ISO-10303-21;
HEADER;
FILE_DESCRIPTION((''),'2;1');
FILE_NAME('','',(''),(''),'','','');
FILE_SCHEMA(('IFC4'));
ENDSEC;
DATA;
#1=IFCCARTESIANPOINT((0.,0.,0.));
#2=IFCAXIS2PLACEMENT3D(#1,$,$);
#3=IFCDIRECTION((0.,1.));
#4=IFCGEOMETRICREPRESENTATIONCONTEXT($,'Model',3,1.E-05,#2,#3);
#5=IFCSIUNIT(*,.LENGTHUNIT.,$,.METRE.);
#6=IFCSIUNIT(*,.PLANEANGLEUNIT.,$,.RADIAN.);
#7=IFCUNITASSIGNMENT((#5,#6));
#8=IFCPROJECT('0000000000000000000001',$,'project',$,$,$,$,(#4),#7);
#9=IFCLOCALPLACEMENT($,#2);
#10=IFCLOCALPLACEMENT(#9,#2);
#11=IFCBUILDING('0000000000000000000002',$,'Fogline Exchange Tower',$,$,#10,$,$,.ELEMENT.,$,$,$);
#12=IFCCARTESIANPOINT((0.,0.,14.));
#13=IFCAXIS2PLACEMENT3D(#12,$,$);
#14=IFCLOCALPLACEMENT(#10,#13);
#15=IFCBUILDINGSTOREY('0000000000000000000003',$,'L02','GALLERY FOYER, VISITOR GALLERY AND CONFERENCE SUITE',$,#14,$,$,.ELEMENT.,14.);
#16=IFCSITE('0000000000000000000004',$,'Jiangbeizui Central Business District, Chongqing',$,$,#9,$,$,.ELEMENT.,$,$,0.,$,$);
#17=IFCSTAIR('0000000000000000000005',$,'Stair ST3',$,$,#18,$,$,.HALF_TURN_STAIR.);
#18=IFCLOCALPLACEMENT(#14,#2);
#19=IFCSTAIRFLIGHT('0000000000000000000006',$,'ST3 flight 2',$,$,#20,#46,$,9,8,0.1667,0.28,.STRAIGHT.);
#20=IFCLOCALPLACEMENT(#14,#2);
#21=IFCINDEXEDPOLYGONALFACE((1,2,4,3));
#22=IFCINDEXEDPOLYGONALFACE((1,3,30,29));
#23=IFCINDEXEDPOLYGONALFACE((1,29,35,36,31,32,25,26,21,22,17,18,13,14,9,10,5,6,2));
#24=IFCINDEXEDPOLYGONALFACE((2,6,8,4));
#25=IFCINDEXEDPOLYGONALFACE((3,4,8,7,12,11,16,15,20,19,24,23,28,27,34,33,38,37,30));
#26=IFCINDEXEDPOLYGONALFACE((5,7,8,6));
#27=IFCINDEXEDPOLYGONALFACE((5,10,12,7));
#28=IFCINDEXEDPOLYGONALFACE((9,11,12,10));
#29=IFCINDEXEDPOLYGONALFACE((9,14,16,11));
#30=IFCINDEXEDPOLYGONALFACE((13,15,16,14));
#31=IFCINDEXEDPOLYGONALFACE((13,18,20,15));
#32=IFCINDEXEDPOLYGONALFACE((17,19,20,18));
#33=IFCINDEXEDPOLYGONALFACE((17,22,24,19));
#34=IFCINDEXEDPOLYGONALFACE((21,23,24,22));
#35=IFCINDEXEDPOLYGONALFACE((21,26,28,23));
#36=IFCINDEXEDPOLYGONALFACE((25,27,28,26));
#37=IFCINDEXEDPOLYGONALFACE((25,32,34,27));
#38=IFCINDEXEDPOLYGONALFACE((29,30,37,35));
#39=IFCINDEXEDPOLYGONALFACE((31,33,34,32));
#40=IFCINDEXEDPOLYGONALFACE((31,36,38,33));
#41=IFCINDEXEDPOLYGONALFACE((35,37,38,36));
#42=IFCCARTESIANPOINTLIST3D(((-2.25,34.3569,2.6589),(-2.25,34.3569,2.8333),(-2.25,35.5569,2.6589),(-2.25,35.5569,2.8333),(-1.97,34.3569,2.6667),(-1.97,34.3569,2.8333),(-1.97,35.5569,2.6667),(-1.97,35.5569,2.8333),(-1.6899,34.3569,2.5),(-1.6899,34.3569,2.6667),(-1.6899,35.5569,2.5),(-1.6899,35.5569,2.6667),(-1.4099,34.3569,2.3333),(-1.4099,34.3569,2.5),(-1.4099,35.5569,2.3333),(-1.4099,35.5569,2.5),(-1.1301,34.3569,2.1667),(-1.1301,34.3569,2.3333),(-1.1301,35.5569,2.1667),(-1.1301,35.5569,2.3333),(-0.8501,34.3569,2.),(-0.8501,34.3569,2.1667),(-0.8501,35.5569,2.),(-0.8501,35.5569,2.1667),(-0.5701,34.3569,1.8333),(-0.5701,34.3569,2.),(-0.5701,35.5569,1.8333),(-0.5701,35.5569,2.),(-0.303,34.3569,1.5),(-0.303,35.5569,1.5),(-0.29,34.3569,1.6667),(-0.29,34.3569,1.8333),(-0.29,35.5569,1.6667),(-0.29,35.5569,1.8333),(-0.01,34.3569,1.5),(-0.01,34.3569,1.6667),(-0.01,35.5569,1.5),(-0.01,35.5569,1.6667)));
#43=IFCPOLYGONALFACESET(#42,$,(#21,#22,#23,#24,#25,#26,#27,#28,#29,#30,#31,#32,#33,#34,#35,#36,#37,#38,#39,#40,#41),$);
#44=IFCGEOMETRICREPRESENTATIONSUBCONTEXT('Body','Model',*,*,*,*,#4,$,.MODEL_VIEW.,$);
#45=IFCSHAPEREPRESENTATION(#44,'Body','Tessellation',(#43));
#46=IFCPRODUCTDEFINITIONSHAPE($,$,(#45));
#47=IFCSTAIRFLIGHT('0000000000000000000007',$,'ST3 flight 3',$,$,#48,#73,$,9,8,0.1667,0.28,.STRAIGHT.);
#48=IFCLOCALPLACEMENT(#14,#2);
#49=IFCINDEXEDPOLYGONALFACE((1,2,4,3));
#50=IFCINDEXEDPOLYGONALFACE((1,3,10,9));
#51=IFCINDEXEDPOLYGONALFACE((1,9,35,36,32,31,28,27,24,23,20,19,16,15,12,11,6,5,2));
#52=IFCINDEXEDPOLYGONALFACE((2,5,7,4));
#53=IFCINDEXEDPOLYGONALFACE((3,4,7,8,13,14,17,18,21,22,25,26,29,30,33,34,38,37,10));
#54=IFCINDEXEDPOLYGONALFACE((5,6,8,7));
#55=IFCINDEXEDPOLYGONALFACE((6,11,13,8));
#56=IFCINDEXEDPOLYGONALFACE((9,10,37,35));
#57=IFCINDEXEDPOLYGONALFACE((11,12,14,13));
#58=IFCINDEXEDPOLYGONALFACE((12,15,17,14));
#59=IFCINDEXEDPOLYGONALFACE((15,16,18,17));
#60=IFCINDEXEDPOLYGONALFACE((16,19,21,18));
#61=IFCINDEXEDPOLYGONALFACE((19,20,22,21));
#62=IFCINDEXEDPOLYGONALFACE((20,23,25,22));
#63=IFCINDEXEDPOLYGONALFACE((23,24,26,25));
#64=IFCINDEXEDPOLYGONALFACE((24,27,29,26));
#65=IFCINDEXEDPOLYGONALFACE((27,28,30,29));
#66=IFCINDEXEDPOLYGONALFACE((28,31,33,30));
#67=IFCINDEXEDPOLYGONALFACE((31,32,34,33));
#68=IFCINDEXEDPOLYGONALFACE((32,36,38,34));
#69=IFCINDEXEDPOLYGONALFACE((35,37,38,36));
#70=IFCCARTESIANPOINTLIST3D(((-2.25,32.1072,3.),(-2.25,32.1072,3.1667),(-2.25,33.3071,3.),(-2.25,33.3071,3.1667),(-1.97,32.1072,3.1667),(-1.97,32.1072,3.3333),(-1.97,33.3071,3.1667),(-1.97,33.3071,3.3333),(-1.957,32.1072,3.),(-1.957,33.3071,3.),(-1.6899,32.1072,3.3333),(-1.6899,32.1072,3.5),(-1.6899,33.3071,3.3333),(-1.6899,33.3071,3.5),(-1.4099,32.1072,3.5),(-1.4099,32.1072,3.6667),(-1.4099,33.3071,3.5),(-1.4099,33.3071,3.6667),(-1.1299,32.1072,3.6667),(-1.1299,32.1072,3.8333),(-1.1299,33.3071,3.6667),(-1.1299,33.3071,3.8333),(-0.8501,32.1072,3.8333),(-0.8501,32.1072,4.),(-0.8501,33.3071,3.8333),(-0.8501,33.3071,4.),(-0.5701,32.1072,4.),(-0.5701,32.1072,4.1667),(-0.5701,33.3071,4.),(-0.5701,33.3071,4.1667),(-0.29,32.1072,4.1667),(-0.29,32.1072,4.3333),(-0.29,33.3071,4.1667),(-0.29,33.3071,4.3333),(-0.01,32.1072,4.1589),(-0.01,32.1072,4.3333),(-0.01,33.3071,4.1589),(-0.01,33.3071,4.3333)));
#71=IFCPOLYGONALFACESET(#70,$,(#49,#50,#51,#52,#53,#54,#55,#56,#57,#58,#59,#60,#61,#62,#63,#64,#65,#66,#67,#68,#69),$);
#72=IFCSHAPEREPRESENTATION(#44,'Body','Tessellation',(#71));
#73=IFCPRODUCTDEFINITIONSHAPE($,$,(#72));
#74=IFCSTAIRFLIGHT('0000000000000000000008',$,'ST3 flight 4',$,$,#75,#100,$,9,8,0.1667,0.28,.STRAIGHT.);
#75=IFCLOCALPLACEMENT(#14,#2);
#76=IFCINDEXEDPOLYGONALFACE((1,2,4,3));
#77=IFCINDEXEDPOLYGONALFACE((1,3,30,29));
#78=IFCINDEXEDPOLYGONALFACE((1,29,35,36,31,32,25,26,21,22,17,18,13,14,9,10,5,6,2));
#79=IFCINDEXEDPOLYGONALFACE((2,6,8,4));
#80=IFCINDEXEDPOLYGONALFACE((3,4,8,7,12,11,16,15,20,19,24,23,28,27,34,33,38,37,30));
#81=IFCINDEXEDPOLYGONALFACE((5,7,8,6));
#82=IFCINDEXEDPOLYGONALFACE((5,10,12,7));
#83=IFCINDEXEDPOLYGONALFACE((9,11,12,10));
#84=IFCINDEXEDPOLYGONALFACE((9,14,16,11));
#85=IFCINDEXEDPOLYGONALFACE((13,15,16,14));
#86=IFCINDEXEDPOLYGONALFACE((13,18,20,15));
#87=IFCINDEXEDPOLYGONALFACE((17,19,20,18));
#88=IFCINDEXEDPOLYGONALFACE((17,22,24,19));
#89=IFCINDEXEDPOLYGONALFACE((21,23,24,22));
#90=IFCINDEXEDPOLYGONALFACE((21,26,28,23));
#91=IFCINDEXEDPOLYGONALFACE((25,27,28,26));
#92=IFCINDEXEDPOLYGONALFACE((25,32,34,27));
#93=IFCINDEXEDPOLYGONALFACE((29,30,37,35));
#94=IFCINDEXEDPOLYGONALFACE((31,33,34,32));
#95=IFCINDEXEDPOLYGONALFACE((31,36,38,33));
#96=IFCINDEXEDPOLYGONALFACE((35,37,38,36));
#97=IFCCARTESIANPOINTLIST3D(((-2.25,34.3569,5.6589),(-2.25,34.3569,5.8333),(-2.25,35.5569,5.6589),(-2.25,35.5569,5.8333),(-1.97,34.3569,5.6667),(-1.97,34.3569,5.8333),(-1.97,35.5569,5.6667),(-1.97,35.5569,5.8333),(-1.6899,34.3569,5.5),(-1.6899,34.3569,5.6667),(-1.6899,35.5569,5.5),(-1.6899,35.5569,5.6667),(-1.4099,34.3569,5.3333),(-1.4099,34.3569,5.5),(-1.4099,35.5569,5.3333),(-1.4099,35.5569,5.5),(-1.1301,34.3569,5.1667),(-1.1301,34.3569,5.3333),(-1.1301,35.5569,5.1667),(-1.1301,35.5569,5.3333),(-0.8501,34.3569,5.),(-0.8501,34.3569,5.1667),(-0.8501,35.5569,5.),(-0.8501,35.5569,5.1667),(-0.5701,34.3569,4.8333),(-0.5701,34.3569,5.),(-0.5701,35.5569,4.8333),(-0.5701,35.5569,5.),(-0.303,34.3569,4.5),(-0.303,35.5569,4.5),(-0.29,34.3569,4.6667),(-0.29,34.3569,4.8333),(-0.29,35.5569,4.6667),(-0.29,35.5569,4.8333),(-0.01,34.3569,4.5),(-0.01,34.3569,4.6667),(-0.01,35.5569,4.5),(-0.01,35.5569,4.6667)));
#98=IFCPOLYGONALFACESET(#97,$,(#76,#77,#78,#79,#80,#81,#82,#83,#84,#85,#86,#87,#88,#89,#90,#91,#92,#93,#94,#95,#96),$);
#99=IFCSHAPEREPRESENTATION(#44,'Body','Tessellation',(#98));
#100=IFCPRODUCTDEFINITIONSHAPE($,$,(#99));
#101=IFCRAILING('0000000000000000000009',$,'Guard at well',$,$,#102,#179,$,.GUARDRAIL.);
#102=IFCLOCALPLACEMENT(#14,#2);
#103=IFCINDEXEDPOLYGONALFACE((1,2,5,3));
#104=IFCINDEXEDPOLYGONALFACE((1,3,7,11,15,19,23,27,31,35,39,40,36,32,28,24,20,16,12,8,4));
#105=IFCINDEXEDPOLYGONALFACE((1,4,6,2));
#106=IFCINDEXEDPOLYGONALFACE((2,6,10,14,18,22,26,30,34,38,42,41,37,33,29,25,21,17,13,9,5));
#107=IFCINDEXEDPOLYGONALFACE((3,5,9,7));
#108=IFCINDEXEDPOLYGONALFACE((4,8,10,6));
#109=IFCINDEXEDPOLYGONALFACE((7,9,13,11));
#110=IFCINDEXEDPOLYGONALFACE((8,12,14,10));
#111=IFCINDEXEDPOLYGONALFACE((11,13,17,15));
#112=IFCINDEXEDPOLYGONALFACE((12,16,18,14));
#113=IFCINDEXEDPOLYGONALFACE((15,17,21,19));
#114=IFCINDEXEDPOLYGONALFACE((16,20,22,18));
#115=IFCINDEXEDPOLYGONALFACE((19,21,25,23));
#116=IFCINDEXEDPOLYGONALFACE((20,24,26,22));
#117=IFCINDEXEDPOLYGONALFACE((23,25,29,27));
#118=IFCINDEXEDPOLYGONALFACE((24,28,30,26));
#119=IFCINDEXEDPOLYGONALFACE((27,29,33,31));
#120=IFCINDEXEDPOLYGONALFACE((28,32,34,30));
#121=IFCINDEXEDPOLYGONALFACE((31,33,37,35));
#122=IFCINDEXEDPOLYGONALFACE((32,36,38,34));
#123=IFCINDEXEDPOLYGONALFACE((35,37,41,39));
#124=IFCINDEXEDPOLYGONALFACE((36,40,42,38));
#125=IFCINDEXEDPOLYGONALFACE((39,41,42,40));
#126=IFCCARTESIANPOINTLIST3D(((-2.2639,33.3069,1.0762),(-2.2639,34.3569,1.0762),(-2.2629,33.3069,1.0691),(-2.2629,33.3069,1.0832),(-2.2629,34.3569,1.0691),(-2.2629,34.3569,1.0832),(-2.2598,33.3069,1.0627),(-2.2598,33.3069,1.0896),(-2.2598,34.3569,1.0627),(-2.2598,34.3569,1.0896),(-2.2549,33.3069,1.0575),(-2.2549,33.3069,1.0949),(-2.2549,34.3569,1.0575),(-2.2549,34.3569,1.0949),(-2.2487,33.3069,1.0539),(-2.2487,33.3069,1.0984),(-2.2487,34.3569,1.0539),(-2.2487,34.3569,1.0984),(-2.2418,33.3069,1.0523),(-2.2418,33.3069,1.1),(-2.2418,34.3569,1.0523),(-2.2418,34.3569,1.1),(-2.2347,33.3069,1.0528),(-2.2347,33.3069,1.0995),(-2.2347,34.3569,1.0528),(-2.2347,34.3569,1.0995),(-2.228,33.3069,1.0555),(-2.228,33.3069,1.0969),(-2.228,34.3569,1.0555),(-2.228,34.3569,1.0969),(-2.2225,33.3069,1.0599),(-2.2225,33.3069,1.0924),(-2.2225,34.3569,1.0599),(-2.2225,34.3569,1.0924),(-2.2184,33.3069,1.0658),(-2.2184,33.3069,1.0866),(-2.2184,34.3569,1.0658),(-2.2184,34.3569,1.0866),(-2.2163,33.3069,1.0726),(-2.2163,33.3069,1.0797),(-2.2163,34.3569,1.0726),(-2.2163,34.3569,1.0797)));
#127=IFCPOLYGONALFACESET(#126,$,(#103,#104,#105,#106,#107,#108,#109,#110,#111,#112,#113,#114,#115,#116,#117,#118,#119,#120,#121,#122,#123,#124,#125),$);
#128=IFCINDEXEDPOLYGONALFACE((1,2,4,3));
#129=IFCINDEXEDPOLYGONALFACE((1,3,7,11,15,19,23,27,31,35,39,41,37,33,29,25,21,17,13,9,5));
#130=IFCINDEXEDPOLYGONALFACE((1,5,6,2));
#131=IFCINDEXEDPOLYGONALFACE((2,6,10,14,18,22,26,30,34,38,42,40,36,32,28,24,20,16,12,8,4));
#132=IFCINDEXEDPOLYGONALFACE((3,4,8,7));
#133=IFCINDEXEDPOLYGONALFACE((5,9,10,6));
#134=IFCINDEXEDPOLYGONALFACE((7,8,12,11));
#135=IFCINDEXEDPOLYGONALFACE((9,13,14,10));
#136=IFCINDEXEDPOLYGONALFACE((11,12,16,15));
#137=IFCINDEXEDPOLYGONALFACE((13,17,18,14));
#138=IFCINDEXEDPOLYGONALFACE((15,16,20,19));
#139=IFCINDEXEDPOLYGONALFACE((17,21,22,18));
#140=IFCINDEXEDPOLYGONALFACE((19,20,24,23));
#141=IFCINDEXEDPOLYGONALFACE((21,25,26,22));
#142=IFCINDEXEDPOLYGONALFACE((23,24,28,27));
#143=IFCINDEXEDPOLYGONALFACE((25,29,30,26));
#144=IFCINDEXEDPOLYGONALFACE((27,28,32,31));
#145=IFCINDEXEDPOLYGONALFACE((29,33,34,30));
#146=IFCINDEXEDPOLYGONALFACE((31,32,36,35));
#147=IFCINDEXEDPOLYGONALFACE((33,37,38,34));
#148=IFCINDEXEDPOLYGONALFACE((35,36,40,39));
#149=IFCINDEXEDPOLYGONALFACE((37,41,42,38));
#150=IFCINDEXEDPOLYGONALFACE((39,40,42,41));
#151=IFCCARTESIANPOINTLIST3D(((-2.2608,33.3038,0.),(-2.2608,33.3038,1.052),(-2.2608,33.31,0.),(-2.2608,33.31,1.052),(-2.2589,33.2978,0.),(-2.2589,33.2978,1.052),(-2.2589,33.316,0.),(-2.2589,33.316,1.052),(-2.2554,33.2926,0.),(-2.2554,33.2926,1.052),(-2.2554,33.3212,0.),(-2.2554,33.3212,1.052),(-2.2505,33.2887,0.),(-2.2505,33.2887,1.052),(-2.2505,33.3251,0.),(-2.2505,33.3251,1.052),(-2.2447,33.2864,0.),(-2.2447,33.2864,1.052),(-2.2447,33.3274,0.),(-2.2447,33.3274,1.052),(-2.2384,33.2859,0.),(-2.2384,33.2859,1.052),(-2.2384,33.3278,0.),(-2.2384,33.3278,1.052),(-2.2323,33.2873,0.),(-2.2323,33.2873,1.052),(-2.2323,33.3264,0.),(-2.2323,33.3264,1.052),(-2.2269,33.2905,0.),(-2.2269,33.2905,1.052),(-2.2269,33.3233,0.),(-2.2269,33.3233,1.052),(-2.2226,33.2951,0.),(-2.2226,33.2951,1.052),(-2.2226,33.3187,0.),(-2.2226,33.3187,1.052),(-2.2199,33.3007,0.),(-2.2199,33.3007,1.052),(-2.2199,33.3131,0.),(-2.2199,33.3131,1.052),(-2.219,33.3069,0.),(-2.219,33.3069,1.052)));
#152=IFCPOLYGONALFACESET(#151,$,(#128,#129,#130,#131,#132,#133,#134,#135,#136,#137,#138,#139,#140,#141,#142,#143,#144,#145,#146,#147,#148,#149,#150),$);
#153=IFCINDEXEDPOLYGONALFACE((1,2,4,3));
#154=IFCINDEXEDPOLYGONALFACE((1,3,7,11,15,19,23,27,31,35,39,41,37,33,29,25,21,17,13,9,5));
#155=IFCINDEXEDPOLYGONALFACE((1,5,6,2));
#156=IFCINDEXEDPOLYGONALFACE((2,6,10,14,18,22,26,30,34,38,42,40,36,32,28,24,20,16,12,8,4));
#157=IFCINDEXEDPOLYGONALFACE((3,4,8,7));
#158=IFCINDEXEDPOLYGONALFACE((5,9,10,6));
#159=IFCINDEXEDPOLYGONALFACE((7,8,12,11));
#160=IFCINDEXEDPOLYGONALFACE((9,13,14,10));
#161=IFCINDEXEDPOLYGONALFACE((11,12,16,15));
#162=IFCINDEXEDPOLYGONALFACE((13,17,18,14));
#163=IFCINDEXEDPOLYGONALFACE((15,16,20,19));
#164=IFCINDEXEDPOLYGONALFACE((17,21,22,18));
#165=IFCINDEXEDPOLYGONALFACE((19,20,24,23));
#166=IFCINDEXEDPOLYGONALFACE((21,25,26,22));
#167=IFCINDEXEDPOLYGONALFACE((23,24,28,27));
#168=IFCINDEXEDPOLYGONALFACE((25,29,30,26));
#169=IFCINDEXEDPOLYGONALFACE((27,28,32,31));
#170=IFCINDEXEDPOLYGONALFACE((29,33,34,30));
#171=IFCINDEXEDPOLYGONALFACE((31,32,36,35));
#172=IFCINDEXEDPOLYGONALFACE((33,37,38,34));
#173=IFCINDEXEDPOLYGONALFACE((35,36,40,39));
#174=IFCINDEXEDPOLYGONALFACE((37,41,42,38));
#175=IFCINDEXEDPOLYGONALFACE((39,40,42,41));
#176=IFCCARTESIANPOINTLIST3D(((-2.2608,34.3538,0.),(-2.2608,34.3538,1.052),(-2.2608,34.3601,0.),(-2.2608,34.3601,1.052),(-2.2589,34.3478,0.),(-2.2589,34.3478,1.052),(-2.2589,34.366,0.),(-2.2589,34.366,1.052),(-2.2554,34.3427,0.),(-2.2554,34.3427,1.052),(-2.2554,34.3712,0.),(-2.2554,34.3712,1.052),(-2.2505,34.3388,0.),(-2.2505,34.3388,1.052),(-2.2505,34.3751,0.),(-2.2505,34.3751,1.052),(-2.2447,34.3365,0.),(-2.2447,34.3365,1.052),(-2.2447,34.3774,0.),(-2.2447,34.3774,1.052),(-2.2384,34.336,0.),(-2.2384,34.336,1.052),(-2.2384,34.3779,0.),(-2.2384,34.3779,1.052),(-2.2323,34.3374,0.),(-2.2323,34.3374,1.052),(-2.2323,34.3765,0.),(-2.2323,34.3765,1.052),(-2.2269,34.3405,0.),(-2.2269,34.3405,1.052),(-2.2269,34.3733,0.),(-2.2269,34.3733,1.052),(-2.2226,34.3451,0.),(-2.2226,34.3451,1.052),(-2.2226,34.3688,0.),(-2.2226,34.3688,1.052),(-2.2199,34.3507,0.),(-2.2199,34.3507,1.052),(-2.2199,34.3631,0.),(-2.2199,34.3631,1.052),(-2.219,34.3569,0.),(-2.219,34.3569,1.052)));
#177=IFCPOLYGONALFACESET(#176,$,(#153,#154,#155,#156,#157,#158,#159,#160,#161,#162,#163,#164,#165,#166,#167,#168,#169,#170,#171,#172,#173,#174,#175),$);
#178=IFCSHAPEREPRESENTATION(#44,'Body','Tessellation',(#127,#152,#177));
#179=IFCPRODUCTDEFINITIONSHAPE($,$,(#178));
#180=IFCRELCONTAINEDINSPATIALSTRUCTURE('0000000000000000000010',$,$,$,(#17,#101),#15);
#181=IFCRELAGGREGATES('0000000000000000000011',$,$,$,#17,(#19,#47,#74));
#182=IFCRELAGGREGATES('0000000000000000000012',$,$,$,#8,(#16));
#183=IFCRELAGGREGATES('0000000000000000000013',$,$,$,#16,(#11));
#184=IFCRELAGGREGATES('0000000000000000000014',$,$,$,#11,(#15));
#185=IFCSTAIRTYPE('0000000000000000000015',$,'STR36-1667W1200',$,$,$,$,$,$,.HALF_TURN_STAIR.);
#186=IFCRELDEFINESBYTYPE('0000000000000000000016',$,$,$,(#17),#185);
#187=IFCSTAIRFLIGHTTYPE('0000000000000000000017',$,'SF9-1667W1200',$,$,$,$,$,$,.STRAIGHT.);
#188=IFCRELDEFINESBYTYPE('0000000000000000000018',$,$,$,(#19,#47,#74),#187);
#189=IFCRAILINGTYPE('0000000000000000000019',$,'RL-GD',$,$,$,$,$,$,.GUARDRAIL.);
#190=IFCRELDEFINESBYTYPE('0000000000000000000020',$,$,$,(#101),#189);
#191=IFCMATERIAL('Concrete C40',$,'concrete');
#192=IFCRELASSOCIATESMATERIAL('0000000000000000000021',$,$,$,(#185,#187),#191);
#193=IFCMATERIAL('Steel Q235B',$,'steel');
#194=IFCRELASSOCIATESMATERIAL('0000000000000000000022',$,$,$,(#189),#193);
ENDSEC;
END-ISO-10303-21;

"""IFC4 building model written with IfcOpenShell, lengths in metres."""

from ifc_helpers import new_model, si_unit, direction, frame, origin, origin_2d, place, context, subcontext, project, spatial, polyline, circle, outline, extrude, material, type_object, element, aggregate, save


model = new_model("IFC4")

# Units and contexts
model_context = context("Model", 3, precision=1e-05, world=origin(), true_north=direction((0.0, 1.0)))
body_context = subcontext(model_context, "Body", "Model", "MODEL_VIEW")
ifc_project = project(units=[si_unit("LENGTHUNIT", "METRE"), si_unit("PLANEANGLEUNIT", "RADIAN")], contexts=[model_context])

# Site, building, storey
site_placement = place(None, origin())
site = spatial("IfcSite", under=ifc_project, at=site_placement, Name="Jiangbeizui Central Business District, Chongqing", CompositionType="ELEMENT", RefElevation=0.0)
building_placement = place(site_placement, origin())
building = spatial("IfcBuilding", under=site, at=building_placement, Name="Fogline Exchange Tower", CompositionType="ELEMENT")
storey_placement = place(building_placement, frame((0.0, 0.0, 14.0)))
storey = spatial("IfcBuildingStorey", under=building, at=storey_placement, Name="L02", Description="GALLERY FOYER, VISITOR GALLERY AND CONFERENCE SUITE", CompositionType="ELEMENT", Elevation=14.0)

# Shared definitions
ifc_material_1 = material(Name="Concrete C40", Category="concrete")

# Shared definitions
ifc_material_2 = material(Name="Steel Q235B", Category="steel")

# Stair, stair flights
stair_type = type_object("IfcStairType", Name="STR36-1667W1200", PredefinedType="HALF_TURN_STAIR", material=ifc_material_1)
stair_placement = place(storey_placement, origin())
stair = element("IfcStair", 1, at=stair_placement, inside=storey, type_object=stair_type, Name="Stair ST3", PredefinedType="HALF_TURN_STAIR")
stair_flight_type = type_object("IfcStairFlightType", Name="SF9-1667W1200", PredefinedType="STRAIGHT", material=ifc_material_1)
stair_flight_1_placement = place(storey_placement, frame((-0.01, 34.957, 1.5), z_axis=(0.0, 0.0, 1.0), x_axis=(-1.0, 0.0, 0.0)))
stair_flight_1 = element("IfcStairFlight", 2, at=stair_flight_1_placement, type_object=stair_flight_type, Name="ST3 flight 2", NumberOfRisers=9, NumberOfTreads=8, PredefinedType="STRAIGHT", RiserHeight=0.1667, TreadLength=0.28, context=body_context, shape_type="SweptSolid", body=[
    extrude(outline(polyline([(0.0, 0.0), (0.0, 0.1667), (0.28, 0.1667), (0.28, 0.3333), (0.5601, 0.3333), (0.5601, 0.5), (0.8401, 0.5), (0.8401, 0.6667), (1.1201, 0.6667), (1.1201, 0.8333), (1.3999, 0.8333), (1.3999, 1.0), (1.6799, 1.0), (1.6799, 1.1667), (1.96, 1.1667), (1.96, 1.3333), (2.24, 1.3333), (2.24, 1.5), (2.24, 1.1589), (0.293, 0.0), (0.0, 0.0)])), frame((0.0, 0.6001, 0.0), z_axis=(0.0, -1.0, 0.0), x_axis=(1.0, 0.0, 0.0)), (0.0, 0.0, 1.0), 1.2),
])
stair_flight_2_placement = place(storey_placement, frame((-2.25, 32.707, 3.0), z_axis=(0.0, 0.0, 1.0), x_axis=(1.0, 0.0, 0.0)))
stair_flight_2 = element("IfcStairFlight", 3, at=stair_flight_2_placement, type_object=stair_flight_type, Name="ST3 flight 3", NumberOfRisers=9, NumberOfTreads=8, PredefinedType="STRAIGHT", RiserHeight=0.1667, TreadLength=0.28, context=body_context, shape_type="SweptSolid", body=[
    extrude(outline(polyline([(0.0, 0.0), (0.0, 0.1667), (0.28, 0.1667), (0.28, 0.3333), (0.5601, 0.3333), (0.5601, 0.5), (0.8401, 0.5), (0.8401, 0.6667), (1.1201, 0.6667), (1.1201, 0.8333), (1.3999, 0.8333), (1.3999, 1.0), (1.6799, 1.0), (1.6799, 1.1667), (1.96, 1.1667), (1.96, 1.3333), (2.24, 1.3333), (2.24, 1.5), (2.24, 1.1589), (0.293, 0.0), (0.0, 0.0)])), frame((0.0, 0.6001, 0.0), z_axis=(0.0, -1.0, 0.0), x_axis=(1.0, 0.0, 0.0)), (0.0, 0.0, 1.0), 1.2),
])
stair_flight_3_placement = place(storey_placement, frame((-0.01, 34.957, 4.5), z_axis=(0.0, 0.0, 1.0), x_axis=(-1.0, 0.0, 0.0)))
stair_flight_3 = element("IfcStairFlight", 4, at=stair_flight_3_placement, type_object=stair_flight_type, Name="ST3 flight 4", NumberOfRisers=9, NumberOfTreads=8, PredefinedType="STRAIGHT", RiserHeight=0.1667, TreadLength=0.28, context=body_context, shape_type="SweptSolid", body=[
    extrude(outline(polyline([(0.0, 0.0), (0.0, 0.1667), (0.28, 0.1667), (0.28, 0.3333), (0.5601, 0.3333), (0.5601, 0.5), (0.8401, 0.5), (0.8401, 0.6667), (1.1201, 0.6667), (1.1201, 0.8333), (1.3999, 0.8333), (1.3999, 1.0), (1.6799, 1.0), (1.6799, 1.1667), (1.96, 1.1667), (1.96, 1.3333), (2.24, 1.3333), (2.24, 1.5), (2.24, 1.1589), (0.293, 0.0), (0.0, 0.0)])), frame((0.0, 0.6001, 0.0), z_axis=(0.0, -1.0, 0.0), x_axis=(1.0, 0.0, 0.0)), (0.0, 0.0, 1.0), 1.2),
])
aggregate(stair, [stair_flight_1, stair_flight_2, stair_flight_3])

# Railing
railing_type_1 = type_object("IfcRailingType", Name="RL-GD", PredefinedType="GUARDRAIL", material=ifc_material_2)
railing_1_placement = place(storey_placement, frame((-2.24, 33.3069, 0.0)))
element("IfcRailing", 5, at=railing_1_placement, inside=storey, type_object=railing_type_1, Name="Guard at well", PredefinedType="GUARDRAIL", context=body_context, shape_type="SweptSolid", body=[
    extrude(circle(Radius=0.0239, at=origin_2d()), frame((0.0, 0.0, 1.0762), z_axis=(0.0, 1.0, 0.0), x_axis=(-1.0, 0.0, 0.0)), (0.0, 0.0, 1.0), 1.05),
    extrude(circle(Radius=0.021, at=origin_2d()), origin(), (0.0, 0.0, 1.0), 1.052),
    extrude(circle(Radius=0.021, at=origin_2d()), frame((0.0, 1.05, 0.0)), (0.0, 0.0, 1.0), 1.052),
])

save(model, "model.ifc")
